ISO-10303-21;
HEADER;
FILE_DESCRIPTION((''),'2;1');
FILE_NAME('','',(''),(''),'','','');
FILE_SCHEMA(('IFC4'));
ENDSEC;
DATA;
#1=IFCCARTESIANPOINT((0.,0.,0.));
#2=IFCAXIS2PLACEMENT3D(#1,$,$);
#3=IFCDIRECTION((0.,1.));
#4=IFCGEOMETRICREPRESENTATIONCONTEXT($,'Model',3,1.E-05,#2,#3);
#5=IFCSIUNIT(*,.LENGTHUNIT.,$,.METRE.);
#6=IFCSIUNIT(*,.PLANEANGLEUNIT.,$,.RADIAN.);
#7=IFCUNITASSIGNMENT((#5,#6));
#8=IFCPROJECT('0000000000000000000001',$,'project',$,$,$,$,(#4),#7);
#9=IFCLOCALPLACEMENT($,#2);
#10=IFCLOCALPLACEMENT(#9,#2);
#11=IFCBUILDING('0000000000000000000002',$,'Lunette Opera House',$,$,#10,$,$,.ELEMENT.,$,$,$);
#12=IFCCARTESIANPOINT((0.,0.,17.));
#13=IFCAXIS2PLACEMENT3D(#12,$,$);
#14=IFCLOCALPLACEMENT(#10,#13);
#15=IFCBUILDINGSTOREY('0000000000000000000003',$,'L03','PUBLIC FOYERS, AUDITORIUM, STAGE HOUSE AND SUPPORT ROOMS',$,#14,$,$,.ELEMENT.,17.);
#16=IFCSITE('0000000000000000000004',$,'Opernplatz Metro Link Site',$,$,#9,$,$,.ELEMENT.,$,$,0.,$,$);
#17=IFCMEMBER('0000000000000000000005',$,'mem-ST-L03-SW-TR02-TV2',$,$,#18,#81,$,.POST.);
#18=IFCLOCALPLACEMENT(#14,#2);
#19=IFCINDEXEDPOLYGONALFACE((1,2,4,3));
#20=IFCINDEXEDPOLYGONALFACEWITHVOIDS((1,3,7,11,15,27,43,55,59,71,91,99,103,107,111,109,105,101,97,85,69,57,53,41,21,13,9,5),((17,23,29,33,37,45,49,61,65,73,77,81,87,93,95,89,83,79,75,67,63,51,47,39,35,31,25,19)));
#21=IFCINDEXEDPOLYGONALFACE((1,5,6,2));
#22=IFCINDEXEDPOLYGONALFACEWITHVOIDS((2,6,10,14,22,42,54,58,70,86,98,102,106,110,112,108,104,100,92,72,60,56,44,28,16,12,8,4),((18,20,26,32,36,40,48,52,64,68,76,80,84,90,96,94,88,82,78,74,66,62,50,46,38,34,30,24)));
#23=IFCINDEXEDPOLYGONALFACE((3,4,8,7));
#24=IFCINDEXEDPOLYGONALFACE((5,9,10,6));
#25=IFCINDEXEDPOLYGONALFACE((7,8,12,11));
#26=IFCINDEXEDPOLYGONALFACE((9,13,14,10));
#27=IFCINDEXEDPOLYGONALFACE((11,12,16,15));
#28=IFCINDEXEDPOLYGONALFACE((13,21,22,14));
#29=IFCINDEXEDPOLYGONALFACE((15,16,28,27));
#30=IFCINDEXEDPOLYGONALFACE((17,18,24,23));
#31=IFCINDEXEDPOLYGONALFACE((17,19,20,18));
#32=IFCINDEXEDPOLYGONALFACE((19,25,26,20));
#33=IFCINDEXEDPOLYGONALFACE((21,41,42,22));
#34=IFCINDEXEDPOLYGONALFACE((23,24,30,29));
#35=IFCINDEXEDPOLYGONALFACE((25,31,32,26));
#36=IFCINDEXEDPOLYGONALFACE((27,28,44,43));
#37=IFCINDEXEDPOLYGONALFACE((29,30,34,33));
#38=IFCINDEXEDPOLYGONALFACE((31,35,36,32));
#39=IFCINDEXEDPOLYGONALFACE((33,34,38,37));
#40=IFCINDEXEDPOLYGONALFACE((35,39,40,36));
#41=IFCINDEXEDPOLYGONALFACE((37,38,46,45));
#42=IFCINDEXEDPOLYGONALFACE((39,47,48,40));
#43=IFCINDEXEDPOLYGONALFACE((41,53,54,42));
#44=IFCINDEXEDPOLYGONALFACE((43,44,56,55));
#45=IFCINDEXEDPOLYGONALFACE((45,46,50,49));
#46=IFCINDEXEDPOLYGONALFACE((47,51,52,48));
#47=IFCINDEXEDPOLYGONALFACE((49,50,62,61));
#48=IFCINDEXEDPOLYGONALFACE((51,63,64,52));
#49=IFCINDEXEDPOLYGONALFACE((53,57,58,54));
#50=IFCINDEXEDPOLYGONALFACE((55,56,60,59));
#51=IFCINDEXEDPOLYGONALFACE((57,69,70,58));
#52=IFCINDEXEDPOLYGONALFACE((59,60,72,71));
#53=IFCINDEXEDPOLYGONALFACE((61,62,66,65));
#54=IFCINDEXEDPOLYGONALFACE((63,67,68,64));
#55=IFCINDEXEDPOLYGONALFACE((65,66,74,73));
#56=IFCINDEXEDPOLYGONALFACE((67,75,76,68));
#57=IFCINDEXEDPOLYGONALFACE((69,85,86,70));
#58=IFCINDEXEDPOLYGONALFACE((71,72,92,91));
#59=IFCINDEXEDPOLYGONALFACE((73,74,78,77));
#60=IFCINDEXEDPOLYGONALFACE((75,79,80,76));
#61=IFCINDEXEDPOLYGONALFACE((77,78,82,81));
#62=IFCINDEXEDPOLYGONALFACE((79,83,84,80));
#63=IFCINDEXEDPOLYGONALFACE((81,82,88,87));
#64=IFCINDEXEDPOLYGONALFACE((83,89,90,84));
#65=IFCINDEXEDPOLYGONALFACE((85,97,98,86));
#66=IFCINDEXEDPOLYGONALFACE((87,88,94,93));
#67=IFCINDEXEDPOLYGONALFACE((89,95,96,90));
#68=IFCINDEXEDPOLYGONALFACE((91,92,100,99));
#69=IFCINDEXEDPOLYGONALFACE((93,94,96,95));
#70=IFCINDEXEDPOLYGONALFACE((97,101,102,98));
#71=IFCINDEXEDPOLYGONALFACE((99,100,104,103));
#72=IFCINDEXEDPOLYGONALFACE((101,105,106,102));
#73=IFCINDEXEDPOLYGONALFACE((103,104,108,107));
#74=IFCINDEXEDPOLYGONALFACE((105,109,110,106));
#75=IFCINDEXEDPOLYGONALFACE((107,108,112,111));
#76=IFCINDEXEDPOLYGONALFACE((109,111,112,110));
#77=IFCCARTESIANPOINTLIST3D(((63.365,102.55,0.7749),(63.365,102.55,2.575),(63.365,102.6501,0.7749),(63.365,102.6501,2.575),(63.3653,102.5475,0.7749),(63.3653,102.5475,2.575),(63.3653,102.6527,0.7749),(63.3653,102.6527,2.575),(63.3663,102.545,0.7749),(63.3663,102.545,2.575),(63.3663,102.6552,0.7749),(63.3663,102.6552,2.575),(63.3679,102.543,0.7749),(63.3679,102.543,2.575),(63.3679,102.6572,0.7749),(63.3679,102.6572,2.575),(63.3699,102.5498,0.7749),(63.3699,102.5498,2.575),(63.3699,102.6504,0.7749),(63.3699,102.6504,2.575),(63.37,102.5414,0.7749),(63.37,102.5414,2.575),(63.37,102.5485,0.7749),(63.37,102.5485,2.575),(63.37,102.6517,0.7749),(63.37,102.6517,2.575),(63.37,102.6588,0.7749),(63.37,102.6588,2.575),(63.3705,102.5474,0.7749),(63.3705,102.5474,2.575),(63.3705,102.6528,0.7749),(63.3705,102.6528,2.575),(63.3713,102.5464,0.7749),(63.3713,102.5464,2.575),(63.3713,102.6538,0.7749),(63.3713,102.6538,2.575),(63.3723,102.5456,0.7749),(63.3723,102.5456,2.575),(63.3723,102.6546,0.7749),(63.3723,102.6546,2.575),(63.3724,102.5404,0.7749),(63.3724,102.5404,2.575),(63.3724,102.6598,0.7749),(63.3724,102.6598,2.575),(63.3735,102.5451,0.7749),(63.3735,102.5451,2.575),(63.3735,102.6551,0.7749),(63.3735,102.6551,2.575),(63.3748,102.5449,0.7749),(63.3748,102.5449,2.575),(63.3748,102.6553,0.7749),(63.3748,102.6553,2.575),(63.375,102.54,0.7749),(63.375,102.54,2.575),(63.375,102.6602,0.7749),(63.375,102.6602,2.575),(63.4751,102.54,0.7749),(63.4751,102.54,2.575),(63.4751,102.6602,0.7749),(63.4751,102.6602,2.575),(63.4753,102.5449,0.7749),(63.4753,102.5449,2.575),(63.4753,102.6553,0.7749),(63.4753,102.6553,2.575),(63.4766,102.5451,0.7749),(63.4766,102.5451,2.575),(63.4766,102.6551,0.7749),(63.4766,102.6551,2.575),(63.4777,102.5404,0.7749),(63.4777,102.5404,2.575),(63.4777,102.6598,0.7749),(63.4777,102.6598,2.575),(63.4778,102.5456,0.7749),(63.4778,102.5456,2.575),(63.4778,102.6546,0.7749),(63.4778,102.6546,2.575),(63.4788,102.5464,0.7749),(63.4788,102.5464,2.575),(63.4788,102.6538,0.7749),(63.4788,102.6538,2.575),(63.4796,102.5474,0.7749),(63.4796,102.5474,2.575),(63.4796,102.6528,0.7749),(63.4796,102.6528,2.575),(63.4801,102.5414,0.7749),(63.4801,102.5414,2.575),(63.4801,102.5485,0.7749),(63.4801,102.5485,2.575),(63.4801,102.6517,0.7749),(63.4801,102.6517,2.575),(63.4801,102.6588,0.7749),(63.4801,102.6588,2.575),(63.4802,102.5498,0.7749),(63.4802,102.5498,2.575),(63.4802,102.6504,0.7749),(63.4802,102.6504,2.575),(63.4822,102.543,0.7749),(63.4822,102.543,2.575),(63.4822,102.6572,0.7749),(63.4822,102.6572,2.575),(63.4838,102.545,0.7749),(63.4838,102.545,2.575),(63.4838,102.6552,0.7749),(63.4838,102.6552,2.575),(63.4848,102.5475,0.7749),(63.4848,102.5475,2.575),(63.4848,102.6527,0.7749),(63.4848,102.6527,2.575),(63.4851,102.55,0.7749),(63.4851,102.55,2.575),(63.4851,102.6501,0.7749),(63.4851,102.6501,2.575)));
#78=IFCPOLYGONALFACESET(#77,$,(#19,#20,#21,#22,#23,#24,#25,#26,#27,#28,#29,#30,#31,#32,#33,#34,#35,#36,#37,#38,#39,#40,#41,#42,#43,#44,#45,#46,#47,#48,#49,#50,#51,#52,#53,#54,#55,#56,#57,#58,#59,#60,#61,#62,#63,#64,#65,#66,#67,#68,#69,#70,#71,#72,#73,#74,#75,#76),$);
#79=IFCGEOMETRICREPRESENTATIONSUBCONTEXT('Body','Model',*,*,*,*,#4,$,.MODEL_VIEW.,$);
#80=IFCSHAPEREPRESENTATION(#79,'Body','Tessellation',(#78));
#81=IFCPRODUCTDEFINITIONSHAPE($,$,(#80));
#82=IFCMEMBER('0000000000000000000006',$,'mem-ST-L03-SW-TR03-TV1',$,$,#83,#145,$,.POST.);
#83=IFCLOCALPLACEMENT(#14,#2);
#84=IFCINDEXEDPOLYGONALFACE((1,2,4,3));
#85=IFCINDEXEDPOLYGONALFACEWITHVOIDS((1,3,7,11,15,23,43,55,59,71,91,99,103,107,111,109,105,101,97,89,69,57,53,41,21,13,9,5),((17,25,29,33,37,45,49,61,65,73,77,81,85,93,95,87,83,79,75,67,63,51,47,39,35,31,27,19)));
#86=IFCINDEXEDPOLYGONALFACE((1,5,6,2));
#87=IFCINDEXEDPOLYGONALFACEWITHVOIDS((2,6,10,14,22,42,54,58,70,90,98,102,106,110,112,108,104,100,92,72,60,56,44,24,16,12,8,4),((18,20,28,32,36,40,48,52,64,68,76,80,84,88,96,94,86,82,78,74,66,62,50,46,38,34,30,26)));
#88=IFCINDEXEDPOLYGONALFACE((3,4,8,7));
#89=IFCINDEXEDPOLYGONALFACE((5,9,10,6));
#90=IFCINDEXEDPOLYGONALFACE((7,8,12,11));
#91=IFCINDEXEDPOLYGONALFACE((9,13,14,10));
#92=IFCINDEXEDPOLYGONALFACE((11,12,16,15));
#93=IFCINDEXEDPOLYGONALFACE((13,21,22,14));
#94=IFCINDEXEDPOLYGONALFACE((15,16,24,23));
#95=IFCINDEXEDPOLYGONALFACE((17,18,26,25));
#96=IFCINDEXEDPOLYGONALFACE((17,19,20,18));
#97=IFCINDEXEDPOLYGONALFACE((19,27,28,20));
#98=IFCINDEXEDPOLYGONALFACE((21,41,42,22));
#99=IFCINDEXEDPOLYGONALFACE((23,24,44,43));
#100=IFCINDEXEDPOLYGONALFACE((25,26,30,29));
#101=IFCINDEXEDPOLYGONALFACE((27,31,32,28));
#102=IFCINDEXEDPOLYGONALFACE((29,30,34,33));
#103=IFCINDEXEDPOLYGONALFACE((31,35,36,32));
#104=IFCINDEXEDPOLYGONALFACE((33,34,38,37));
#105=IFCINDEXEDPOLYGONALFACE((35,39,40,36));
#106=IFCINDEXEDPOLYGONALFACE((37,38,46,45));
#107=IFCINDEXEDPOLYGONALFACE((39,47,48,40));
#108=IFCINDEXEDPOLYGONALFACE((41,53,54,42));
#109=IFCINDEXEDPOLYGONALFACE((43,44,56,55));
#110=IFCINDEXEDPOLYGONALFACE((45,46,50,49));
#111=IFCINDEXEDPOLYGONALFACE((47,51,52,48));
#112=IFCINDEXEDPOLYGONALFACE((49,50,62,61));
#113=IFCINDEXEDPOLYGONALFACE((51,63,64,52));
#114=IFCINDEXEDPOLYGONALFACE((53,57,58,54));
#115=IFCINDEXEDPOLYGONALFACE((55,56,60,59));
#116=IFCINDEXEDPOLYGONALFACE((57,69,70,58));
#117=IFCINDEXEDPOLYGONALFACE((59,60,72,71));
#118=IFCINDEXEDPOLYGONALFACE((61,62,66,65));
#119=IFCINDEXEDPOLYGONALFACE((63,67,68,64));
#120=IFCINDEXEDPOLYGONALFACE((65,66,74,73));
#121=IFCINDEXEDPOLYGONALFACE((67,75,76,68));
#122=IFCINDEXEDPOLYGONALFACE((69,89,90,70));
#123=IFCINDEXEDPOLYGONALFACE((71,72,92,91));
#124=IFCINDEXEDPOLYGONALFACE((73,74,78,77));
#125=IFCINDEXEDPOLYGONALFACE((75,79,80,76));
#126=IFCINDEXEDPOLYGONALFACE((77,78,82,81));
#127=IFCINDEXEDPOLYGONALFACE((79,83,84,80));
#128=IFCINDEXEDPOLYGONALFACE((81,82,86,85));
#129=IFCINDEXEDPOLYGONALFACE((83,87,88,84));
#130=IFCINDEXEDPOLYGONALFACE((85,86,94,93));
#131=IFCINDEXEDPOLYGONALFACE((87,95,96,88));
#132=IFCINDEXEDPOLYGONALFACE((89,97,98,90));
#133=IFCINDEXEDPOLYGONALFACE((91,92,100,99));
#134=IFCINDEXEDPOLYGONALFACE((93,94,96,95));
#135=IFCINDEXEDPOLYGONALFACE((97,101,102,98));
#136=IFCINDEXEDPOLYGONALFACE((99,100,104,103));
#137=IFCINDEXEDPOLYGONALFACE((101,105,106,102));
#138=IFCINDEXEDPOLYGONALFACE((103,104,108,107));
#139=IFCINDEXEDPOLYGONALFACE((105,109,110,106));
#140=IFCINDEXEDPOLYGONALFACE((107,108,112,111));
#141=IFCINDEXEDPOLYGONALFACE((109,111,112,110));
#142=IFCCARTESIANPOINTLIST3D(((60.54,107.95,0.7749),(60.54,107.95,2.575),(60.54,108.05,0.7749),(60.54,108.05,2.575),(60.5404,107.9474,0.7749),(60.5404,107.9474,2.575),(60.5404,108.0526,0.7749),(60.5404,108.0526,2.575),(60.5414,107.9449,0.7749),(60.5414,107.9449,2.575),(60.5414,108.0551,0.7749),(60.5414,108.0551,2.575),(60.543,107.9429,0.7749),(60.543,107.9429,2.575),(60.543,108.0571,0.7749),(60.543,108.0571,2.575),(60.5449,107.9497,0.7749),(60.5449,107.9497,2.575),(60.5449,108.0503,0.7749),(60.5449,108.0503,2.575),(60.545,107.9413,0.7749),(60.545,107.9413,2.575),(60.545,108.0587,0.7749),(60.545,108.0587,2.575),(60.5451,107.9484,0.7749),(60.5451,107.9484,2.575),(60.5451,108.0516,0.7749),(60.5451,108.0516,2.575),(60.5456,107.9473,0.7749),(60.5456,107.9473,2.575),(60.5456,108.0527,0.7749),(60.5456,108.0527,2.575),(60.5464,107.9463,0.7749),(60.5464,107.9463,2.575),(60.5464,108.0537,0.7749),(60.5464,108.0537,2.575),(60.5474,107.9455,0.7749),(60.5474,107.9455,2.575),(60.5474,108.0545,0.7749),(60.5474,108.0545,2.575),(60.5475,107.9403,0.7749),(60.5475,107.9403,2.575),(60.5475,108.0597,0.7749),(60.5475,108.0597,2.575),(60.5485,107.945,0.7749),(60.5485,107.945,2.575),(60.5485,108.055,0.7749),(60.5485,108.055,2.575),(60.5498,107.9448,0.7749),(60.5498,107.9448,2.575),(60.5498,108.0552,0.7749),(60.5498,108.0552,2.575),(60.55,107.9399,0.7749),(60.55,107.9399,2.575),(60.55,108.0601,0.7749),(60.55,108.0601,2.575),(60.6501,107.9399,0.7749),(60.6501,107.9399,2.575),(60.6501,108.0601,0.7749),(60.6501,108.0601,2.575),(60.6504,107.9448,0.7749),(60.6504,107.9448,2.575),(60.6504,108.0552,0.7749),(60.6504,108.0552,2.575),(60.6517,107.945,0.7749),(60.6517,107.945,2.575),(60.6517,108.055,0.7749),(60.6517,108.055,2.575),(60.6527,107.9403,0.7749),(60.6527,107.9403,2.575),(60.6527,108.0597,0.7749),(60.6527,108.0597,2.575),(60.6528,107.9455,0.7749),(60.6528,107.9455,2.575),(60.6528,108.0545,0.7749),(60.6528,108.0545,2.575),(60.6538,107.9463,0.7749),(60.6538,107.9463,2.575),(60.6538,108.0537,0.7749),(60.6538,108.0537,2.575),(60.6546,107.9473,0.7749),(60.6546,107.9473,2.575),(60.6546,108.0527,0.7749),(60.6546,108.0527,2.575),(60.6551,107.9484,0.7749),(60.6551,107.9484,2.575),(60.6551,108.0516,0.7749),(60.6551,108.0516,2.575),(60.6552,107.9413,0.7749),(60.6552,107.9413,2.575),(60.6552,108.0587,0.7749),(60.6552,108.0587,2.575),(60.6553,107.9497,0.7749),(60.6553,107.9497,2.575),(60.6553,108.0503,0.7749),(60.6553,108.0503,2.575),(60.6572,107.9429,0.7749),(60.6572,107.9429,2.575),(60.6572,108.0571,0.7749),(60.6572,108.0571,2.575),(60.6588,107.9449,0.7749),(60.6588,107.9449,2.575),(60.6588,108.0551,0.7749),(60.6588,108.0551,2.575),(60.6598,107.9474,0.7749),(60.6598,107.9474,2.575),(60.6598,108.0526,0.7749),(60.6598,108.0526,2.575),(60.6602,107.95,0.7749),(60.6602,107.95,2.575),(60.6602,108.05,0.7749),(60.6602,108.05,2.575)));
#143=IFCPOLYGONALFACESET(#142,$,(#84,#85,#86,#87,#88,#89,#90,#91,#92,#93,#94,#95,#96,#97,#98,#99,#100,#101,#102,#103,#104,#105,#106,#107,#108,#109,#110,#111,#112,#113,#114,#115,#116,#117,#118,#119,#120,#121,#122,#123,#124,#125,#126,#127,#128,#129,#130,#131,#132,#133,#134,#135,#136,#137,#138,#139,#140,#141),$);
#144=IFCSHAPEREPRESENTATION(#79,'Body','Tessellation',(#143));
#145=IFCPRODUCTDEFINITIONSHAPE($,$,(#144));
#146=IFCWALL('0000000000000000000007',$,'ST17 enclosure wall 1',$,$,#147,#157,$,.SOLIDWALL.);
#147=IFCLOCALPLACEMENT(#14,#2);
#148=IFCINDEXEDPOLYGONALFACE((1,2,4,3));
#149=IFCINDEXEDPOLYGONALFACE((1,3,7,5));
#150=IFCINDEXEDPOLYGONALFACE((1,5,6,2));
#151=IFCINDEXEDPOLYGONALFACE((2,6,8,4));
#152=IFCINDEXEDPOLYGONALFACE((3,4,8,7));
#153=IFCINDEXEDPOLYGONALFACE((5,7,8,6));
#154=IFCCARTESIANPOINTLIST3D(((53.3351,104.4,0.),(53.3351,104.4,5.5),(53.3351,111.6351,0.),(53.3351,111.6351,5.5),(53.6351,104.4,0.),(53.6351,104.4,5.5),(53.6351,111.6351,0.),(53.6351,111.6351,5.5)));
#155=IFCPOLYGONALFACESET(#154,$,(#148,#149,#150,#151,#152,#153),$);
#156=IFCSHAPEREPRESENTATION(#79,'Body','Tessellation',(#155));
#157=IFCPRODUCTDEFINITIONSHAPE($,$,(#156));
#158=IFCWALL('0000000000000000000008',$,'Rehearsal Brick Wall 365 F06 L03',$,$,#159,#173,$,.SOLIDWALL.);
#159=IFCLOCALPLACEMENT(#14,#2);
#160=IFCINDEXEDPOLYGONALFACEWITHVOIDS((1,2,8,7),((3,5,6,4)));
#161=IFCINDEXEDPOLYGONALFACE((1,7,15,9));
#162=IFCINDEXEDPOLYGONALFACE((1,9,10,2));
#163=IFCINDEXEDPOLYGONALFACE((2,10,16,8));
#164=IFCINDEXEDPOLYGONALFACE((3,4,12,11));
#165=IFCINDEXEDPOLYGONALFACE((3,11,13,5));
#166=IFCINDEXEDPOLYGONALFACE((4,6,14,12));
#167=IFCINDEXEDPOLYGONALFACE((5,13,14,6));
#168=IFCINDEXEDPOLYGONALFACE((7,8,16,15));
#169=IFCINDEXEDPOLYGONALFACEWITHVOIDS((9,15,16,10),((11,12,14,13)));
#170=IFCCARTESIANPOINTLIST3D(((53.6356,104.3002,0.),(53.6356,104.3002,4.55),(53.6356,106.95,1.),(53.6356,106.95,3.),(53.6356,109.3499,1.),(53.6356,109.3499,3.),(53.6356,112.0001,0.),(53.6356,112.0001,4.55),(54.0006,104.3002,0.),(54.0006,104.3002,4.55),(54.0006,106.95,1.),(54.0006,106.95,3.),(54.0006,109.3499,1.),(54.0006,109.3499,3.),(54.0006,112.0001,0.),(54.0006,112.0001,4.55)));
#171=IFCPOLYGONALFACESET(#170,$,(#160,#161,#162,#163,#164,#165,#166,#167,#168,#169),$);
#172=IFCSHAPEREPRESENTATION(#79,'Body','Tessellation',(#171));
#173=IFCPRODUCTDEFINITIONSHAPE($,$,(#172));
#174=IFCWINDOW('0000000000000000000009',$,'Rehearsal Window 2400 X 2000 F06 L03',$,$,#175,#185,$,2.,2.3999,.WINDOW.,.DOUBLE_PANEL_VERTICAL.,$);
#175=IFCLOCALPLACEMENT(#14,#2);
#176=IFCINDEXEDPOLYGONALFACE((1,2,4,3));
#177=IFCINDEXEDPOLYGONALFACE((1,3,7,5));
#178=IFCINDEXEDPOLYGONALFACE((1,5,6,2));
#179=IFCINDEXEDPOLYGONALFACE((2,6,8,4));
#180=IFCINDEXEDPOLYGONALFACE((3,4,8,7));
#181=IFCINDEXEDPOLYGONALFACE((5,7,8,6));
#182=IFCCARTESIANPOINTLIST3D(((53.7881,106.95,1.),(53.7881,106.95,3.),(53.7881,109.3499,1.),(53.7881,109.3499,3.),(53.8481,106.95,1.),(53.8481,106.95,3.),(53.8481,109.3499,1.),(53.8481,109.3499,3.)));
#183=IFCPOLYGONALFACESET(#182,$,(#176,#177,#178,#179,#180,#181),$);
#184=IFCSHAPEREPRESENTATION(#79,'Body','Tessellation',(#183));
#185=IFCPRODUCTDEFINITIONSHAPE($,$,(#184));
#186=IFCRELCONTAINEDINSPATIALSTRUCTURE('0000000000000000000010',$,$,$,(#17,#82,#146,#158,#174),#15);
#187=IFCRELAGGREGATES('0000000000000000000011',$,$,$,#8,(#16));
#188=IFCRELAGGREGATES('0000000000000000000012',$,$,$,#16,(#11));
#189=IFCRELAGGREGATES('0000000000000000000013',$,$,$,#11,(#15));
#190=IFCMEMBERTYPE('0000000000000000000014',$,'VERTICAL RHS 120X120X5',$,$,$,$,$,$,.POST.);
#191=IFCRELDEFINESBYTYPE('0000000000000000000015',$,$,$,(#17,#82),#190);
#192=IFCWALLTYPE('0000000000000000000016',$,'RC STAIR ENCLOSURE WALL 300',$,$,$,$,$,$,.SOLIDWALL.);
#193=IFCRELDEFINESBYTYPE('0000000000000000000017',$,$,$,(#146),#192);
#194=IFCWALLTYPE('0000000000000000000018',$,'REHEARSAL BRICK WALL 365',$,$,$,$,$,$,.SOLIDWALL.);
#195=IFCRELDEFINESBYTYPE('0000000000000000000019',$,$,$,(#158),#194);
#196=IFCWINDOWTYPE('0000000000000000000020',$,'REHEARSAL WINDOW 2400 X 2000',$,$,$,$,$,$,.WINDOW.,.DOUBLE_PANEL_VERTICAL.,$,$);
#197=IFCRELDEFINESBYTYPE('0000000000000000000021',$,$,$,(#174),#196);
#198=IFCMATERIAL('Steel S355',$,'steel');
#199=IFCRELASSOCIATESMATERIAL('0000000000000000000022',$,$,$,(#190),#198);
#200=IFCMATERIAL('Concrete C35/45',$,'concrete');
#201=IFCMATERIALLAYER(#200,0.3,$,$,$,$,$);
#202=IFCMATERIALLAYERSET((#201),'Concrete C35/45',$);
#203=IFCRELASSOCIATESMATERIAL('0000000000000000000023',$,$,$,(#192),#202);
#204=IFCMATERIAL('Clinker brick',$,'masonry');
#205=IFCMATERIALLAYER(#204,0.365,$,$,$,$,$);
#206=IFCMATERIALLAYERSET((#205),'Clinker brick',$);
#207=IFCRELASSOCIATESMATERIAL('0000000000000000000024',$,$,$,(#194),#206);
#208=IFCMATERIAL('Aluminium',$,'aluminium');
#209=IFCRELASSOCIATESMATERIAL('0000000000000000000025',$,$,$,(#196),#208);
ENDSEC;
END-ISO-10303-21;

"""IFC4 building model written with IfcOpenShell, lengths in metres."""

from ifc_helpers import new_model, si_unit, direction, frame, frame_2d, origin, origin_2d, place, context, subcontext, project, spatial, rectangle, hollow_rectangle, extrude, material, layer, layer_set, material_profile, profile_set, type_object, element, fill, save


model = new_model("IFC4")

# Units and contexts
model_context = context("Model", 3, precision=1e-05, world=origin(), true_north=direction((0.0, 1.0)))
body_context = subcontext(model_context, "Body", "Model", "MODEL_VIEW")
ifc_project = project(units=[si_unit("LENGTHUNIT", "METRE"), si_unit("PLANEANGLEUNIT", "RADIAN")], contexts=[model_context])

# Site, building, storey
site_placement = place(None, origin())
site = spatial("IfcSite", under=ifc_project, at=site_placement, Name="Opernplatz Metro Link Site", CompositionType="ELEMENT", RefElevation=0.0)
building_placement = place(site_placement, origin())
building = spatial("IfcBuilding", under=site, at=building_placement, Name="Lunette Opera House", CompositionType="ELEMENT")
storey_placement = place(building_placement, frame((0.0, 0.0, 17.0)))
storey = spatial("IfcBuildingStorey", under=building, at=storey_placement, Name="L03", Description="PUBLIC FOYERS, AUDITORIUM, STAGE HOUSE AND SUPPORT ROOMS", CompositionType="ELEMENT", Elevation=17.0)

# Members
ifc_material_1 = material(Name="Steel S355", Category="steel")
ifc_material_profile_1 = material_profile(ifc_material_1, hollow_rectangle(XDim=0.1201, YDim=0.1201, WallThickness=0.0049, InnerFilletRadius=0.0049, OuterFilletRadius=0.01, at=origin_2d()), Name="RHS 120X120X5")
ifc_profile_set_1 = profile_set([ifc_material_profile_1], Name="Steel S355")
member_type_1 = type_object("IfcMemberType", Name="VERTICAL RHS 120X120X5", PredefinedType="POST", material=ifc_profile_set_1)
for number, where, z_axis, x_axis, name in (
    (1, (63.425, 102.6001, 0.7749), (0.0, 0.0, 1.0), (1.0, 0.0, 0.0), "mem-ST-L03-SW-TR02-TV2"),
    (2, (60.6001, 108.0, 0.7749), (0.0, 0.0, 1.0), (1.0, 0.0, 0.0), "mem-ST-L03-SW-TR03-TV1"),
):
    element("IfcMember", number, at=place(storey_placement, frame(where, z_axis=z_axis, x_axis=x_axis)), inside=storey, type_object=member_type_1, Name=name, PredefinedType="POST", context=body_context, shape_type="SweptSolid", body=[
        extrude(hollow_rectangle(XDim=0.1201, YDim=0.1201, WallThickness=0.0049, InnerFilletRadius=0.0049, OuterFilletRadius=0.01, at=origin_2d()), origin(), (0.0, 0.0, 1.0), 1.8),
    ])

# Wall
ifc_material_2 = material(Name="Concrete C35/45", Category="concrete")
ifc_layer_1 = layer(ifc_material_2, 0.3)
ifc_layer_set_1 = layer_set([ifc_layer_1], Name="Concrete C35/45")
wall_type_1 = type_object("IfcWallType", Name="RC STAIR ENCLOSURE WALL 300", PredefinedType="SOLIDWALL", material=ifc_layer_set_1)
wall_1_placement = place(storey_placement, frame((53.4851, 104.3999, 0.0), z_axis=(0.0, 0.0, 1.0), x_axis=(0.0, 1.0, 0.0)))
element("IfcWall", 3, at=wall_1_placement, inside=storey, type_object=wall_type_1, Name="ST17 enclosure wall 1", PredefinedType="SOLIDWALL", context=body_context, shape_type="SweptSolid", body=[
    extrude(rectangle(XDim=7.2351, YDim=0.3, at=frame_2d((3.6177, 0.0))), origin(), (0.0, 0.0, 1.0), 5.5),
])

# Wall, opening, window
ifc_material_3 = material(Name="Clinker brick", Category="masonry")
ifc_layer_2 = layer(ifc_material_3, 0.365)
ifc_layer_set_2 = layer_set([ifc_layer_2], Name="Clinker brick")
wall_type_2 = type_object("IfcWallType", Name="REHEARSAL BRICK WALL 365", PredefinedType="SOLIDWALL", material=ifc_layer_set_2)
wall_2_placement = place(storey_placement, frame((53.8181, 104.3, 0.0), z_axis=(0.0, 0.0, 1.0), x_axis=(0.0, 1.0, 0.0)))
wall_2 = element("IfcWall", 4, at=wall_2_placement, inside=storey, type_object=wall_type_2, Name="Rehearsal Brick Wall 365 F06 L03", PredefinedType="SOLIDWALL", context=body_context, shape_type="SweptSolid", body=[
    extrude(rectangle(XDim=7.7, YDim=0.365, at=frame_2d((3.8501, 0.0))), origin(), (0.0, 0.0, 1.0), 4.55),
])
opening_placement = place(wall_2_placement, frame((2.6499, 0.0, 1.0)))
opening = element("IfcOpeningElement", 5, at=opening_placement, cuts=wall_2, PredefinedType="OPENING", context=body_context, shape_type="SweptSolid", body=[
    extrude(rectangle(XDim=2.3999, YDim=2.0, at=frame_2d((1.2, 1.0))), frame((0.0, 0.1946, 0.0), z_axis=(0.0, -1.0, 0.0), x_axis=(1.0, 0.0, 0.0)), (0.0, 0.0, 1.0), 0.3889),
])
ifc_material_4 = material(Name="Aluminium", Category="aluminium")
window_type = type_object("IfcWindowType", Name="REHEARSAL WINDOW 2400 X 2000", PartitioningType="DOUBLE_PANEL_VERTICAL", PredefinedType="WINDOW", material=ifc_material_4)
window_placement = place(opening_placement, origin())
window = element("IfcWindow", 6, at=window_placement, inside=storey, type_object=window_type, Name="Rehearsal Window 2400 X 2000 F06 L03", OverallHeight=2.0, OverallWidth=2.3999, PartitioningType="DOUBLE_PANEL_VERTICAL", PredefinedType="WINDOW", context=body_context, shape_type="SweptSolid", body=[
    extrude(rectangle(XDim=2.3999, YDim=2.0, at=frame_2d((1.2, 1.0))), frame((0.0, 0.03, 0.0), z_axis=(0.0, -1.0, 0.0), x_axis=(1.0, 0.0, 0.0)), (0.0, 0.0, 1.0), 0.0601),
])
fill(opening, window)

save(model, "model.ifc")
